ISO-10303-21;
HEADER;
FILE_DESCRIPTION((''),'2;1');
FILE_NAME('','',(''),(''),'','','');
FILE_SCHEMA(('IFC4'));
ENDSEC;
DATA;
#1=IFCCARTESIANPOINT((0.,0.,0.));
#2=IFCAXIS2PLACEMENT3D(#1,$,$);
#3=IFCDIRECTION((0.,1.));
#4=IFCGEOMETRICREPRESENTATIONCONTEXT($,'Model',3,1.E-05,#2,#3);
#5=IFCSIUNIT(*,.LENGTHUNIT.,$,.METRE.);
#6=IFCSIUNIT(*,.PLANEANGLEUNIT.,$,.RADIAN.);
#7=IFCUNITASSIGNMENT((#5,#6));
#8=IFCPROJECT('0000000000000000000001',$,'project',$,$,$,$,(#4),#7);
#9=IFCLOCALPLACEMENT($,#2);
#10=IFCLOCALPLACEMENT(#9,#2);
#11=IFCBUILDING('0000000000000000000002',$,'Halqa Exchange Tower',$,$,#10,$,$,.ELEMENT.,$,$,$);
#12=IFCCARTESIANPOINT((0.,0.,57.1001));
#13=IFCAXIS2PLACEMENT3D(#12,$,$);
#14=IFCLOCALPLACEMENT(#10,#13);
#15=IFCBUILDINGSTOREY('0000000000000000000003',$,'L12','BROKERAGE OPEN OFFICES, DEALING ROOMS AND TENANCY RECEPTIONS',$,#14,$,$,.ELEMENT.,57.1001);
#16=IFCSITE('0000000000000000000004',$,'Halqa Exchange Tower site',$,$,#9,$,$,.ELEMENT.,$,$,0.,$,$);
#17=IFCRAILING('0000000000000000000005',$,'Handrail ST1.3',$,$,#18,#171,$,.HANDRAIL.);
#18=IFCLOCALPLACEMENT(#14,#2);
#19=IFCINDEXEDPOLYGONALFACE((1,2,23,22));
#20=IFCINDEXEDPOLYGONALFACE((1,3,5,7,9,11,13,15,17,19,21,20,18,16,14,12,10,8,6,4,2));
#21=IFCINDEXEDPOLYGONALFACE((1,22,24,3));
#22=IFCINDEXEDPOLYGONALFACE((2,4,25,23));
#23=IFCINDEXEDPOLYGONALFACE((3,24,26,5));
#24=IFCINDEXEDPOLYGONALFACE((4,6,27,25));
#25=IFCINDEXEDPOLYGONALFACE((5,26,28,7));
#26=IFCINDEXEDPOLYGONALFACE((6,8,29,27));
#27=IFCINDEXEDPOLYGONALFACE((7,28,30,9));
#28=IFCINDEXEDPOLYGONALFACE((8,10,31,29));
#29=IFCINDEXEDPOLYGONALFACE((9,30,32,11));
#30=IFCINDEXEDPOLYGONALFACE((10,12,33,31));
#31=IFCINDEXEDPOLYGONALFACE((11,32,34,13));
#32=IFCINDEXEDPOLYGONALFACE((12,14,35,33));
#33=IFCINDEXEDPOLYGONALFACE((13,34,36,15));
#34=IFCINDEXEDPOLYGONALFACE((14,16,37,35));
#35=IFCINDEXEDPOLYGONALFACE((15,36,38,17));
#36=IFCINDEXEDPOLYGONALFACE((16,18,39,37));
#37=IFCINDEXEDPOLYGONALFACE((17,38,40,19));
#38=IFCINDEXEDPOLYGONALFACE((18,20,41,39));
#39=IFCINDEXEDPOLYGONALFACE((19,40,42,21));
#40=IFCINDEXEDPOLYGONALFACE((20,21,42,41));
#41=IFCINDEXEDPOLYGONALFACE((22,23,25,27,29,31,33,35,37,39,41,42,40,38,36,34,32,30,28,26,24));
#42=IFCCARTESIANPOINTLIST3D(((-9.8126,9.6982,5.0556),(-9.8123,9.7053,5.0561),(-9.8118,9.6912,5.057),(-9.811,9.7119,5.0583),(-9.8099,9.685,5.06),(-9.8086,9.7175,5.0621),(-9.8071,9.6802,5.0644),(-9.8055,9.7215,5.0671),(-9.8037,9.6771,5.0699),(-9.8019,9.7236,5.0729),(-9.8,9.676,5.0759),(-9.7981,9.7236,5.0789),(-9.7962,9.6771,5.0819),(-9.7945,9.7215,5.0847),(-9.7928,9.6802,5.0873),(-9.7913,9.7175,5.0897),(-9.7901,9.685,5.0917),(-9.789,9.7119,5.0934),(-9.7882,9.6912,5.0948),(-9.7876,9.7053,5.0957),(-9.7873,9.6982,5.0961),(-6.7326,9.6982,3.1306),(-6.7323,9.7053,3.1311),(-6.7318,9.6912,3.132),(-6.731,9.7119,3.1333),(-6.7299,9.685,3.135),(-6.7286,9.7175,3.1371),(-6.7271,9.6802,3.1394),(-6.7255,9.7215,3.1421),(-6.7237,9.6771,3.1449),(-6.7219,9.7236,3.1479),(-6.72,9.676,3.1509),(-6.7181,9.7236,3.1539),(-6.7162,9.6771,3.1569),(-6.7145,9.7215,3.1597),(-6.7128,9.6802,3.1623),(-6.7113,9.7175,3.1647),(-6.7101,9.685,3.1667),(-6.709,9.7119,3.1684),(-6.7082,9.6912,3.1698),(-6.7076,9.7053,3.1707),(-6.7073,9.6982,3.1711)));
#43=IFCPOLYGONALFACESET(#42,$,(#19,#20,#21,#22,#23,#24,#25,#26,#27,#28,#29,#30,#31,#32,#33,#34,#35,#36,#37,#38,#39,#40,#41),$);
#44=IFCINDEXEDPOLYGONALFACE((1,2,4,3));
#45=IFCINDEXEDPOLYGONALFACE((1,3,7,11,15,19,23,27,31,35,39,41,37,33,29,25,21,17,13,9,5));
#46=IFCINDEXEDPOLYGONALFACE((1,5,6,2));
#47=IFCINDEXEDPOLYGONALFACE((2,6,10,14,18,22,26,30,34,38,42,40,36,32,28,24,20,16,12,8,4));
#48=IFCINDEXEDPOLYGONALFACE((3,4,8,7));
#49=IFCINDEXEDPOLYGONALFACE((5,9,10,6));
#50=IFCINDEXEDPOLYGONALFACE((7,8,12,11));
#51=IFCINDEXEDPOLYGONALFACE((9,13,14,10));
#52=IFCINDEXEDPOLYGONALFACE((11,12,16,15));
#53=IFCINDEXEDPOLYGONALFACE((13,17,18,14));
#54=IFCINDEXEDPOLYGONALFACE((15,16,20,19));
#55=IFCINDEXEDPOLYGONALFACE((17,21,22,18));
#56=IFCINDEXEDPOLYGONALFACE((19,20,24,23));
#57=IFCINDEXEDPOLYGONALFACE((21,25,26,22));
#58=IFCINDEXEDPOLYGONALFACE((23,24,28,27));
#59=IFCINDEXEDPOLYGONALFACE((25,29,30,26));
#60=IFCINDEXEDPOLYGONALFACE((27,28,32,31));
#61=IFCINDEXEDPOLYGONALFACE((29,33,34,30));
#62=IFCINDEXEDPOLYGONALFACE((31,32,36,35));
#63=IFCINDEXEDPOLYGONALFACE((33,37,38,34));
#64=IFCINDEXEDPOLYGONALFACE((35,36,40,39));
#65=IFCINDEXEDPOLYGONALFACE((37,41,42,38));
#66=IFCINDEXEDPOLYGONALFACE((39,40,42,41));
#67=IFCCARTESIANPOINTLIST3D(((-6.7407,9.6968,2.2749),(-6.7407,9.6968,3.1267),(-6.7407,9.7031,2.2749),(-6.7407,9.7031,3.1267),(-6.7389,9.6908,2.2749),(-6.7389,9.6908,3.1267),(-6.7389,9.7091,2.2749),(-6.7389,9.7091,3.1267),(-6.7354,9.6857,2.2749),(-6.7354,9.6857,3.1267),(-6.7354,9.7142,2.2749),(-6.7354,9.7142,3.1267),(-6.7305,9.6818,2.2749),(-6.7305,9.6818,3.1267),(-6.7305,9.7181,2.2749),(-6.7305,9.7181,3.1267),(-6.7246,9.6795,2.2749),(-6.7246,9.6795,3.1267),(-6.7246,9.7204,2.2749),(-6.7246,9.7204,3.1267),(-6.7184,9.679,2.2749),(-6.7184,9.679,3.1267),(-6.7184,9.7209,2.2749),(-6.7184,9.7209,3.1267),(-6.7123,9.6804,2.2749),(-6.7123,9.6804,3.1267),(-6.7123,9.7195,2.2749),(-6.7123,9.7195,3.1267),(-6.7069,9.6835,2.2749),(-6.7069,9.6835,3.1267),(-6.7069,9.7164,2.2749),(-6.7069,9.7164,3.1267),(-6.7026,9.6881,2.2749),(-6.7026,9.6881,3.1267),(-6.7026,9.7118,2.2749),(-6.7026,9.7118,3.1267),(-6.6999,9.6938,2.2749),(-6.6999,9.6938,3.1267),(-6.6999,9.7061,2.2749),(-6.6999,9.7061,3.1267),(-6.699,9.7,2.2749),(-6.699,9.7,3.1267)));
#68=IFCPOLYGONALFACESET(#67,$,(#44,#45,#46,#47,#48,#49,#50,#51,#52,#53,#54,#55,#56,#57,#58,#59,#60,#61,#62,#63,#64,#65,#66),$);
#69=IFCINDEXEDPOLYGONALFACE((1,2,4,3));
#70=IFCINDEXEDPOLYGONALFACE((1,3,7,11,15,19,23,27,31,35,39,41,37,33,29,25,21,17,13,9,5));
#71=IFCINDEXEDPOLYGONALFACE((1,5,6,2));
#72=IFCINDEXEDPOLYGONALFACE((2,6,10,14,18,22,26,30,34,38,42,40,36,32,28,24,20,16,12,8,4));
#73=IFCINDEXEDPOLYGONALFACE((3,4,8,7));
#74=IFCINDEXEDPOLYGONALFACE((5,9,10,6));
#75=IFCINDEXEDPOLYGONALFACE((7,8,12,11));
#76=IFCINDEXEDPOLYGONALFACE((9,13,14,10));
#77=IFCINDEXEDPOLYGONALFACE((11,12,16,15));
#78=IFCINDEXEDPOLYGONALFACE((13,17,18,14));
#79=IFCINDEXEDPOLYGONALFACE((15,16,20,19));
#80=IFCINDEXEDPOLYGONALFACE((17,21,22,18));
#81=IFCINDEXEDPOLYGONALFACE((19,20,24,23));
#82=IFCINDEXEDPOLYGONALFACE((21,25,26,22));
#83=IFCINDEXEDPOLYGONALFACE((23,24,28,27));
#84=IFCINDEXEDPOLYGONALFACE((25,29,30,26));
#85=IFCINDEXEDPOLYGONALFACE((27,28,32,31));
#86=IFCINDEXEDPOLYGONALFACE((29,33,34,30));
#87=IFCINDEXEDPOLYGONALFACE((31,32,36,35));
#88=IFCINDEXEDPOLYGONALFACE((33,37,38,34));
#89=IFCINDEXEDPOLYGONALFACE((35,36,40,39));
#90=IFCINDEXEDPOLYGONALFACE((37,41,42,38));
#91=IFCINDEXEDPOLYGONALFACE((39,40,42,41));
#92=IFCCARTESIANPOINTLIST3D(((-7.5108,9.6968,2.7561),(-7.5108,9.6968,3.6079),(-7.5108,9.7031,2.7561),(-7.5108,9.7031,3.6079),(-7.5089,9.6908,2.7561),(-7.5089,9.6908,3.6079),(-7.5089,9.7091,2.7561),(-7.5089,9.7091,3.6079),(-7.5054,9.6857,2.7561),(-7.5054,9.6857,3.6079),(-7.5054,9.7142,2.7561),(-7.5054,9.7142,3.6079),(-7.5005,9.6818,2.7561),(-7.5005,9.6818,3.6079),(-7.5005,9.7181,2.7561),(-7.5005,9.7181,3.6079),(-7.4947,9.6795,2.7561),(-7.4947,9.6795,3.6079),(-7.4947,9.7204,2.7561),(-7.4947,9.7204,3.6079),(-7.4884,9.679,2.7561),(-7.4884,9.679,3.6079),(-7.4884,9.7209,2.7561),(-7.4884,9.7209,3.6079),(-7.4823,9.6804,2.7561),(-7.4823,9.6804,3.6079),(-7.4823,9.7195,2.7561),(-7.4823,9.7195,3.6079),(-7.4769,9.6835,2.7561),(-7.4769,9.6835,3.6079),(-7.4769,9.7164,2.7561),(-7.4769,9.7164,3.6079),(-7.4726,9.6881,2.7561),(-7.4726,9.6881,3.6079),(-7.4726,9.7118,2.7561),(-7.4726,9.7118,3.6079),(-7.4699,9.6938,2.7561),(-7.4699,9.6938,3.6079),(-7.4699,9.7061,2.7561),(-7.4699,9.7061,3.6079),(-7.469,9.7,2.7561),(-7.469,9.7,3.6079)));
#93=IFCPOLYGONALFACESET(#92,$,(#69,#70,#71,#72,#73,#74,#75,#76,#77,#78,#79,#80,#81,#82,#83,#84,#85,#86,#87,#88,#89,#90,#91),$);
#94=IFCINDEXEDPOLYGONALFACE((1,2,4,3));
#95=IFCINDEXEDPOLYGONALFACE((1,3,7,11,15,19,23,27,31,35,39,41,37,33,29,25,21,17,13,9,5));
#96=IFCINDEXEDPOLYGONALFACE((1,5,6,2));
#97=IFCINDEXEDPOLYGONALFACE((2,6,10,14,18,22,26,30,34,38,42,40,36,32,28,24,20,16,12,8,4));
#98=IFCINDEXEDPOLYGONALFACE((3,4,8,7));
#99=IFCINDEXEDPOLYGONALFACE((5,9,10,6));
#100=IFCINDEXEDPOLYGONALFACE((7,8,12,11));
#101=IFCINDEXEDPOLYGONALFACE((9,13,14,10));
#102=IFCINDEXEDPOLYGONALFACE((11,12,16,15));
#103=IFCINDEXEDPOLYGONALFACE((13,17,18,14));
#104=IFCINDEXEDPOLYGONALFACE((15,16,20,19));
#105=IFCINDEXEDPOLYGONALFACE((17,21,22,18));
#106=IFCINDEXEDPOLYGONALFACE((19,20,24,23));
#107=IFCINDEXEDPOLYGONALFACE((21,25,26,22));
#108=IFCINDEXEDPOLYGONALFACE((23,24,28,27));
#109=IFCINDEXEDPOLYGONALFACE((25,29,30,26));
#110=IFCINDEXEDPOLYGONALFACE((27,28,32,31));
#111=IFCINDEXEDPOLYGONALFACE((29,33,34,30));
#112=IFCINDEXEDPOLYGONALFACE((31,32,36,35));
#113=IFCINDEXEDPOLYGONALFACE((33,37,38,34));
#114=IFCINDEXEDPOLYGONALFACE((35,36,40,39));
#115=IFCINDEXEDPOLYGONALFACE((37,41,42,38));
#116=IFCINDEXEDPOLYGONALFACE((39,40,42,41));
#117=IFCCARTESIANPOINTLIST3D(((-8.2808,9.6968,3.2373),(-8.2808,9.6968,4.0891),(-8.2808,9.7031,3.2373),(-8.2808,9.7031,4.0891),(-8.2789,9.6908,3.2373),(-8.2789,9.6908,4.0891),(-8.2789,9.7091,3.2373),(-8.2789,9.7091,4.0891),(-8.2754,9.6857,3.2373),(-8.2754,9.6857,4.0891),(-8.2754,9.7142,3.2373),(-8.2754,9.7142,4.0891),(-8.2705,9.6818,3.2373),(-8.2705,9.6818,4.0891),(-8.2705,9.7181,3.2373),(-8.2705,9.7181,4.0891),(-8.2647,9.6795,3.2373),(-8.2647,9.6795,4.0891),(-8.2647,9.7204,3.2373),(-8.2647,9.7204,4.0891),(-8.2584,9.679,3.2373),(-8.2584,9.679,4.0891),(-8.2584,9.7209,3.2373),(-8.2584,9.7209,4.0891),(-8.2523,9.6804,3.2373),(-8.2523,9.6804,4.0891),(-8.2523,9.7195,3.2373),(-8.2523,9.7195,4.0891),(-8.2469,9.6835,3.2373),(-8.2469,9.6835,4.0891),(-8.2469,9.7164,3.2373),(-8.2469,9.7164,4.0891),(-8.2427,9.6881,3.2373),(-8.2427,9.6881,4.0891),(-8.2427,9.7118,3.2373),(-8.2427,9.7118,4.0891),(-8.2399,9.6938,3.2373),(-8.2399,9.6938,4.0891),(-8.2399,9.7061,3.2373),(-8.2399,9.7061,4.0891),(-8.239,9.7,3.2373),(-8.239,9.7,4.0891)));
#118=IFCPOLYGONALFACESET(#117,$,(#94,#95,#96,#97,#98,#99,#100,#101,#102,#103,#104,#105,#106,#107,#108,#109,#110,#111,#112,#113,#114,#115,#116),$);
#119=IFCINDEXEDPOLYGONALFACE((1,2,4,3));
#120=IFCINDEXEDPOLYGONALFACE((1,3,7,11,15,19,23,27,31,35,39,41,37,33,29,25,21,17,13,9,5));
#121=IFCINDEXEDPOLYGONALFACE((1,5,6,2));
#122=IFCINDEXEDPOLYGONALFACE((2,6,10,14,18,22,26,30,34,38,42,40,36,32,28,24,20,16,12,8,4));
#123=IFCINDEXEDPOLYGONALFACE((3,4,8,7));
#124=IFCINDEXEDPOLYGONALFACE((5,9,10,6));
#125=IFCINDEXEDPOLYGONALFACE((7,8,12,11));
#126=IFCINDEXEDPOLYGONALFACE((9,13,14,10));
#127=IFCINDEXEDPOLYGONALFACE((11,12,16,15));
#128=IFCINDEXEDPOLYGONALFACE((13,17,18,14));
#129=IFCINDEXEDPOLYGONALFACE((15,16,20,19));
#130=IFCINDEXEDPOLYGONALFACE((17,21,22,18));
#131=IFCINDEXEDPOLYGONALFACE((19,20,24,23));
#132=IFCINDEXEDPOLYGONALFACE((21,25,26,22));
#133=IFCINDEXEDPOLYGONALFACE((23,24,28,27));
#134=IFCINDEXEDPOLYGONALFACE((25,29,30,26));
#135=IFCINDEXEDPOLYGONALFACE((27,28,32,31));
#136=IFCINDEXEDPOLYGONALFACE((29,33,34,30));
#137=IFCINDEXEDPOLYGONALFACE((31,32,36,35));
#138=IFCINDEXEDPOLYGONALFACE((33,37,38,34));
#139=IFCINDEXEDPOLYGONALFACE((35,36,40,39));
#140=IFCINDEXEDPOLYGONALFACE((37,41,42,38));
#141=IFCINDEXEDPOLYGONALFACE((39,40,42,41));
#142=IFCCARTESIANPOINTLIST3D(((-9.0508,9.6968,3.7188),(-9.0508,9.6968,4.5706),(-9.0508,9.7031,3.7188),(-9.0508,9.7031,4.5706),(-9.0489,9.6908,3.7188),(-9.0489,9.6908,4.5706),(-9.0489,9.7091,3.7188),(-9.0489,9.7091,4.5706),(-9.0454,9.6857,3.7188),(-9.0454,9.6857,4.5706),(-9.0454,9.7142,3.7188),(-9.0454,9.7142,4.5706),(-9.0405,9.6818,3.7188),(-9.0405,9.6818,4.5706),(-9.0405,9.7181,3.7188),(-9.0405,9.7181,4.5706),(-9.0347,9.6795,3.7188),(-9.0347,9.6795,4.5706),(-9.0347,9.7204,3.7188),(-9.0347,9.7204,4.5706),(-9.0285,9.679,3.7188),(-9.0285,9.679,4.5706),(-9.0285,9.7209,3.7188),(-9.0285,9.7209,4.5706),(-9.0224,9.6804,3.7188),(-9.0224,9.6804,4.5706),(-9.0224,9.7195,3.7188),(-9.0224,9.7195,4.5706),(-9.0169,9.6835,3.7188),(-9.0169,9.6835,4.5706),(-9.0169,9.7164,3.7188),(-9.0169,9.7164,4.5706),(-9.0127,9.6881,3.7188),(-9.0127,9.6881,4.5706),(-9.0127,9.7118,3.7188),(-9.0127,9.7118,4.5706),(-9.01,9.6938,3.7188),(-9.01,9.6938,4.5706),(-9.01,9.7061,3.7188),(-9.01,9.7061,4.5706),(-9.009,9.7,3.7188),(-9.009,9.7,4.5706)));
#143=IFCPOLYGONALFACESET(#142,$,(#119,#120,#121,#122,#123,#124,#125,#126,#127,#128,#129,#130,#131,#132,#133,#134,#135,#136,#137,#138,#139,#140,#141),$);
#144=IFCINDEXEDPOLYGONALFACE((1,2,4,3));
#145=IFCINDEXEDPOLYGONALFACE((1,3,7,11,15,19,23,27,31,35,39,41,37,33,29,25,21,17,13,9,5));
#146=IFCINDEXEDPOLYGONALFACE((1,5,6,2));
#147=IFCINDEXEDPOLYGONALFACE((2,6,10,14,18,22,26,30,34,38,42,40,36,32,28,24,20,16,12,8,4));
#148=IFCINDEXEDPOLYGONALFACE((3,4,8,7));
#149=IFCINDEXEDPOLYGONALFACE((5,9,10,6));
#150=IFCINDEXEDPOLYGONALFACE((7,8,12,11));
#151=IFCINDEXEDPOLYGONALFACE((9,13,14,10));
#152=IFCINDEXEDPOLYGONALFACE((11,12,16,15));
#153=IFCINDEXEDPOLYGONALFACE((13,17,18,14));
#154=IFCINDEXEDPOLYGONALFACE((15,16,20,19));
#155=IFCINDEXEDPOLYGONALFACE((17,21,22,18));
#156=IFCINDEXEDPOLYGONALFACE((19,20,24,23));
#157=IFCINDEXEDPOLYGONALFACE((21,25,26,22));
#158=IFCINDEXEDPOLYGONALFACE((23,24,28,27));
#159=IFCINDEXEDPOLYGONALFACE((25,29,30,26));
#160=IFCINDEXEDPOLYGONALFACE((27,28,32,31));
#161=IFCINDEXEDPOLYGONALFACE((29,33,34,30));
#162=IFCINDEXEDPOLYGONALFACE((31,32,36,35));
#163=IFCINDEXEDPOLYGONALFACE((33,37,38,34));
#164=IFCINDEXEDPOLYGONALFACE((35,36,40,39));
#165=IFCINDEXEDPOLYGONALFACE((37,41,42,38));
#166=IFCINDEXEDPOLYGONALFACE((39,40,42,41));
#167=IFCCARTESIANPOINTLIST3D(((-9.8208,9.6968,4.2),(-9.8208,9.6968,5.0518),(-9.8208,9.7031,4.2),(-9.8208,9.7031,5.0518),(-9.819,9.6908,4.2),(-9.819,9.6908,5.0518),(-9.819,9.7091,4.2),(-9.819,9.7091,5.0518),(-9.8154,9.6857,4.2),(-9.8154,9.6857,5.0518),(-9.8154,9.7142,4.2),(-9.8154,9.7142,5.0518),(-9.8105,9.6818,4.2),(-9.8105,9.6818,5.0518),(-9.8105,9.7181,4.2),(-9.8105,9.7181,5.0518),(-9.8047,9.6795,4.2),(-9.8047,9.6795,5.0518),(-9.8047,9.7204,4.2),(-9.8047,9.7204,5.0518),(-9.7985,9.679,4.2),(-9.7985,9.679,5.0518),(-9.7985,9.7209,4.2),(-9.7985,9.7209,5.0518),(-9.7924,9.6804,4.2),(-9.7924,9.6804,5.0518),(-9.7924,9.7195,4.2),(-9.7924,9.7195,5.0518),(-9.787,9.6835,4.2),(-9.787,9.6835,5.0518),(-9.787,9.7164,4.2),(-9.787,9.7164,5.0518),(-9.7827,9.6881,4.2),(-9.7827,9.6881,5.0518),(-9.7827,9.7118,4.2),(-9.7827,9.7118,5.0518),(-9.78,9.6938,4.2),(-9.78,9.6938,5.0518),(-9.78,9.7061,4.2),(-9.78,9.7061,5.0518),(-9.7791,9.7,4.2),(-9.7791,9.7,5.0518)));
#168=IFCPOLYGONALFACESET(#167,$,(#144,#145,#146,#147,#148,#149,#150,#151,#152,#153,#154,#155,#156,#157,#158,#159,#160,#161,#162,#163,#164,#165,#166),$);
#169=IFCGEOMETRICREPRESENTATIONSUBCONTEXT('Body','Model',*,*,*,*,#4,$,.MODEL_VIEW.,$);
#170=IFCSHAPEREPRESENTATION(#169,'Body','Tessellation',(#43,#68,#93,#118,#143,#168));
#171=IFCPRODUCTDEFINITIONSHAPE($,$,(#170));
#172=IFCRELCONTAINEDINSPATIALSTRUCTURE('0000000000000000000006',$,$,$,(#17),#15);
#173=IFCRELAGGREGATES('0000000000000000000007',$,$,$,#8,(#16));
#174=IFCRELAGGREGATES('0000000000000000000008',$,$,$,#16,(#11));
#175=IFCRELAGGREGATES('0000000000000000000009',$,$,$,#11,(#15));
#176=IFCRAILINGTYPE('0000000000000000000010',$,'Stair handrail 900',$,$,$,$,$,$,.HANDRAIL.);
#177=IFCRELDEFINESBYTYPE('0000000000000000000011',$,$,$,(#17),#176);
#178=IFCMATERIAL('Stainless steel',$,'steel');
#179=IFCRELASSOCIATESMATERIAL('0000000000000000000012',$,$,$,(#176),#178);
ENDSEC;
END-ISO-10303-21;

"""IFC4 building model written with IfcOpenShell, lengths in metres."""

from ifc_helpers import new_model, si_unit, direction, frame, origin, origin_2d, place, context, subcontext, project, spatial, circle, extrude, material, type_object, element, save


model = new_model("IFC4")

# Units and contexts
model_context = context("Model", 3, precision=1e-05, world=origin(), true_north=direction((0.0, 1.0)))
body_context = subcontext(model_context, "Body", "Model", "MODEL_VIEW")
ifc_project = project(units=[si_unit("LENGTHUNIT", "METRE"), si_unit("PLANEANGLEUNIT", "RADIAN")], contexts=[model_context])

# Site, building, storey
site_placement = place(None, origin())
site = spatial("IfcSite", under=ifc_project, at=site_placement, Name="Halqa Exchange Tower site", CompositionType="ELEMENT", RefElevation=0.0)
building_placement = place(site_placement, origin())
building = spatial("IfcBuilding", under=site, at=building_placement, Name="Halqa Exchange Tower", CompositionType="ELEMENT")
storey_placement = place(building_placement, frame((0.0, 0.0, 57.1001)))
storey = spatial("IfcBuildingStorey", under=building, at=storey_placement, Name="L12", Description="BROKERAGE OPEN OFFICES, DEALING ROOMS AND TENANCY RECEPTIONS", CompositionType="ELEMENT", Elevation=57.1001)

# Railing
ifc_material_1 = material(Name="Stainless steel", Category="steel")
railing_type_1 = type_object("IfcRailingType", Name="Stair handrail 900", PredefinedType="HANDRAIL", material=ifc_material_1)
railing_1_placement = place(storey_placement, frame((-6.72, 9.7, 2.2749)))
element("IfcRailing", 1, at=railing_1_placement, inside=storey, type_object=railing_type_1, Name="Handrail ST1.3", PredefinedType="HANDRAIL", context=body_context, shape_type="SweptSolid", body=[
    extrude(circle(Radius=0.0239, at=origin_2d()), frame((0.0, 0.0, 0.876), z_axis=(-0.847998, 0.0, 0.529999), x_axis=(0.0, -1.0, 0.0)), (0.0, 0.0, 1.0), 3.6321),
    extrude(circle(Radius=0.021, at=origin_2d()), origin(), (0.0, 0.0, 1.0), 0.8518),
    extrude(circle(Radius=0.021, at=origin_2d()), frame((-0.77, 0.0, 0.4812)), (0.0, 0.0, 1.0), 0.8518),
    extrude(circle(Radius=0.021, at=origin_2d()), frame((-1.54, 0.0, 0.9624)), (0.0, 0.0, 1.0), 0.8518),
    extrude(circle(Radius=0.021, at=origin_2d()), frame((-2.3101, 0.0, 1.4438)), (0.0, 0.0, 1.0), 0.8518),
    extrude(circle(Radius=0.021, at=origin_2d()), frame((-3.0801, 0.0, 1.925)), (0.0, 0.0, 1.0), 0.8518),
])

save(model, "model.ifc")
